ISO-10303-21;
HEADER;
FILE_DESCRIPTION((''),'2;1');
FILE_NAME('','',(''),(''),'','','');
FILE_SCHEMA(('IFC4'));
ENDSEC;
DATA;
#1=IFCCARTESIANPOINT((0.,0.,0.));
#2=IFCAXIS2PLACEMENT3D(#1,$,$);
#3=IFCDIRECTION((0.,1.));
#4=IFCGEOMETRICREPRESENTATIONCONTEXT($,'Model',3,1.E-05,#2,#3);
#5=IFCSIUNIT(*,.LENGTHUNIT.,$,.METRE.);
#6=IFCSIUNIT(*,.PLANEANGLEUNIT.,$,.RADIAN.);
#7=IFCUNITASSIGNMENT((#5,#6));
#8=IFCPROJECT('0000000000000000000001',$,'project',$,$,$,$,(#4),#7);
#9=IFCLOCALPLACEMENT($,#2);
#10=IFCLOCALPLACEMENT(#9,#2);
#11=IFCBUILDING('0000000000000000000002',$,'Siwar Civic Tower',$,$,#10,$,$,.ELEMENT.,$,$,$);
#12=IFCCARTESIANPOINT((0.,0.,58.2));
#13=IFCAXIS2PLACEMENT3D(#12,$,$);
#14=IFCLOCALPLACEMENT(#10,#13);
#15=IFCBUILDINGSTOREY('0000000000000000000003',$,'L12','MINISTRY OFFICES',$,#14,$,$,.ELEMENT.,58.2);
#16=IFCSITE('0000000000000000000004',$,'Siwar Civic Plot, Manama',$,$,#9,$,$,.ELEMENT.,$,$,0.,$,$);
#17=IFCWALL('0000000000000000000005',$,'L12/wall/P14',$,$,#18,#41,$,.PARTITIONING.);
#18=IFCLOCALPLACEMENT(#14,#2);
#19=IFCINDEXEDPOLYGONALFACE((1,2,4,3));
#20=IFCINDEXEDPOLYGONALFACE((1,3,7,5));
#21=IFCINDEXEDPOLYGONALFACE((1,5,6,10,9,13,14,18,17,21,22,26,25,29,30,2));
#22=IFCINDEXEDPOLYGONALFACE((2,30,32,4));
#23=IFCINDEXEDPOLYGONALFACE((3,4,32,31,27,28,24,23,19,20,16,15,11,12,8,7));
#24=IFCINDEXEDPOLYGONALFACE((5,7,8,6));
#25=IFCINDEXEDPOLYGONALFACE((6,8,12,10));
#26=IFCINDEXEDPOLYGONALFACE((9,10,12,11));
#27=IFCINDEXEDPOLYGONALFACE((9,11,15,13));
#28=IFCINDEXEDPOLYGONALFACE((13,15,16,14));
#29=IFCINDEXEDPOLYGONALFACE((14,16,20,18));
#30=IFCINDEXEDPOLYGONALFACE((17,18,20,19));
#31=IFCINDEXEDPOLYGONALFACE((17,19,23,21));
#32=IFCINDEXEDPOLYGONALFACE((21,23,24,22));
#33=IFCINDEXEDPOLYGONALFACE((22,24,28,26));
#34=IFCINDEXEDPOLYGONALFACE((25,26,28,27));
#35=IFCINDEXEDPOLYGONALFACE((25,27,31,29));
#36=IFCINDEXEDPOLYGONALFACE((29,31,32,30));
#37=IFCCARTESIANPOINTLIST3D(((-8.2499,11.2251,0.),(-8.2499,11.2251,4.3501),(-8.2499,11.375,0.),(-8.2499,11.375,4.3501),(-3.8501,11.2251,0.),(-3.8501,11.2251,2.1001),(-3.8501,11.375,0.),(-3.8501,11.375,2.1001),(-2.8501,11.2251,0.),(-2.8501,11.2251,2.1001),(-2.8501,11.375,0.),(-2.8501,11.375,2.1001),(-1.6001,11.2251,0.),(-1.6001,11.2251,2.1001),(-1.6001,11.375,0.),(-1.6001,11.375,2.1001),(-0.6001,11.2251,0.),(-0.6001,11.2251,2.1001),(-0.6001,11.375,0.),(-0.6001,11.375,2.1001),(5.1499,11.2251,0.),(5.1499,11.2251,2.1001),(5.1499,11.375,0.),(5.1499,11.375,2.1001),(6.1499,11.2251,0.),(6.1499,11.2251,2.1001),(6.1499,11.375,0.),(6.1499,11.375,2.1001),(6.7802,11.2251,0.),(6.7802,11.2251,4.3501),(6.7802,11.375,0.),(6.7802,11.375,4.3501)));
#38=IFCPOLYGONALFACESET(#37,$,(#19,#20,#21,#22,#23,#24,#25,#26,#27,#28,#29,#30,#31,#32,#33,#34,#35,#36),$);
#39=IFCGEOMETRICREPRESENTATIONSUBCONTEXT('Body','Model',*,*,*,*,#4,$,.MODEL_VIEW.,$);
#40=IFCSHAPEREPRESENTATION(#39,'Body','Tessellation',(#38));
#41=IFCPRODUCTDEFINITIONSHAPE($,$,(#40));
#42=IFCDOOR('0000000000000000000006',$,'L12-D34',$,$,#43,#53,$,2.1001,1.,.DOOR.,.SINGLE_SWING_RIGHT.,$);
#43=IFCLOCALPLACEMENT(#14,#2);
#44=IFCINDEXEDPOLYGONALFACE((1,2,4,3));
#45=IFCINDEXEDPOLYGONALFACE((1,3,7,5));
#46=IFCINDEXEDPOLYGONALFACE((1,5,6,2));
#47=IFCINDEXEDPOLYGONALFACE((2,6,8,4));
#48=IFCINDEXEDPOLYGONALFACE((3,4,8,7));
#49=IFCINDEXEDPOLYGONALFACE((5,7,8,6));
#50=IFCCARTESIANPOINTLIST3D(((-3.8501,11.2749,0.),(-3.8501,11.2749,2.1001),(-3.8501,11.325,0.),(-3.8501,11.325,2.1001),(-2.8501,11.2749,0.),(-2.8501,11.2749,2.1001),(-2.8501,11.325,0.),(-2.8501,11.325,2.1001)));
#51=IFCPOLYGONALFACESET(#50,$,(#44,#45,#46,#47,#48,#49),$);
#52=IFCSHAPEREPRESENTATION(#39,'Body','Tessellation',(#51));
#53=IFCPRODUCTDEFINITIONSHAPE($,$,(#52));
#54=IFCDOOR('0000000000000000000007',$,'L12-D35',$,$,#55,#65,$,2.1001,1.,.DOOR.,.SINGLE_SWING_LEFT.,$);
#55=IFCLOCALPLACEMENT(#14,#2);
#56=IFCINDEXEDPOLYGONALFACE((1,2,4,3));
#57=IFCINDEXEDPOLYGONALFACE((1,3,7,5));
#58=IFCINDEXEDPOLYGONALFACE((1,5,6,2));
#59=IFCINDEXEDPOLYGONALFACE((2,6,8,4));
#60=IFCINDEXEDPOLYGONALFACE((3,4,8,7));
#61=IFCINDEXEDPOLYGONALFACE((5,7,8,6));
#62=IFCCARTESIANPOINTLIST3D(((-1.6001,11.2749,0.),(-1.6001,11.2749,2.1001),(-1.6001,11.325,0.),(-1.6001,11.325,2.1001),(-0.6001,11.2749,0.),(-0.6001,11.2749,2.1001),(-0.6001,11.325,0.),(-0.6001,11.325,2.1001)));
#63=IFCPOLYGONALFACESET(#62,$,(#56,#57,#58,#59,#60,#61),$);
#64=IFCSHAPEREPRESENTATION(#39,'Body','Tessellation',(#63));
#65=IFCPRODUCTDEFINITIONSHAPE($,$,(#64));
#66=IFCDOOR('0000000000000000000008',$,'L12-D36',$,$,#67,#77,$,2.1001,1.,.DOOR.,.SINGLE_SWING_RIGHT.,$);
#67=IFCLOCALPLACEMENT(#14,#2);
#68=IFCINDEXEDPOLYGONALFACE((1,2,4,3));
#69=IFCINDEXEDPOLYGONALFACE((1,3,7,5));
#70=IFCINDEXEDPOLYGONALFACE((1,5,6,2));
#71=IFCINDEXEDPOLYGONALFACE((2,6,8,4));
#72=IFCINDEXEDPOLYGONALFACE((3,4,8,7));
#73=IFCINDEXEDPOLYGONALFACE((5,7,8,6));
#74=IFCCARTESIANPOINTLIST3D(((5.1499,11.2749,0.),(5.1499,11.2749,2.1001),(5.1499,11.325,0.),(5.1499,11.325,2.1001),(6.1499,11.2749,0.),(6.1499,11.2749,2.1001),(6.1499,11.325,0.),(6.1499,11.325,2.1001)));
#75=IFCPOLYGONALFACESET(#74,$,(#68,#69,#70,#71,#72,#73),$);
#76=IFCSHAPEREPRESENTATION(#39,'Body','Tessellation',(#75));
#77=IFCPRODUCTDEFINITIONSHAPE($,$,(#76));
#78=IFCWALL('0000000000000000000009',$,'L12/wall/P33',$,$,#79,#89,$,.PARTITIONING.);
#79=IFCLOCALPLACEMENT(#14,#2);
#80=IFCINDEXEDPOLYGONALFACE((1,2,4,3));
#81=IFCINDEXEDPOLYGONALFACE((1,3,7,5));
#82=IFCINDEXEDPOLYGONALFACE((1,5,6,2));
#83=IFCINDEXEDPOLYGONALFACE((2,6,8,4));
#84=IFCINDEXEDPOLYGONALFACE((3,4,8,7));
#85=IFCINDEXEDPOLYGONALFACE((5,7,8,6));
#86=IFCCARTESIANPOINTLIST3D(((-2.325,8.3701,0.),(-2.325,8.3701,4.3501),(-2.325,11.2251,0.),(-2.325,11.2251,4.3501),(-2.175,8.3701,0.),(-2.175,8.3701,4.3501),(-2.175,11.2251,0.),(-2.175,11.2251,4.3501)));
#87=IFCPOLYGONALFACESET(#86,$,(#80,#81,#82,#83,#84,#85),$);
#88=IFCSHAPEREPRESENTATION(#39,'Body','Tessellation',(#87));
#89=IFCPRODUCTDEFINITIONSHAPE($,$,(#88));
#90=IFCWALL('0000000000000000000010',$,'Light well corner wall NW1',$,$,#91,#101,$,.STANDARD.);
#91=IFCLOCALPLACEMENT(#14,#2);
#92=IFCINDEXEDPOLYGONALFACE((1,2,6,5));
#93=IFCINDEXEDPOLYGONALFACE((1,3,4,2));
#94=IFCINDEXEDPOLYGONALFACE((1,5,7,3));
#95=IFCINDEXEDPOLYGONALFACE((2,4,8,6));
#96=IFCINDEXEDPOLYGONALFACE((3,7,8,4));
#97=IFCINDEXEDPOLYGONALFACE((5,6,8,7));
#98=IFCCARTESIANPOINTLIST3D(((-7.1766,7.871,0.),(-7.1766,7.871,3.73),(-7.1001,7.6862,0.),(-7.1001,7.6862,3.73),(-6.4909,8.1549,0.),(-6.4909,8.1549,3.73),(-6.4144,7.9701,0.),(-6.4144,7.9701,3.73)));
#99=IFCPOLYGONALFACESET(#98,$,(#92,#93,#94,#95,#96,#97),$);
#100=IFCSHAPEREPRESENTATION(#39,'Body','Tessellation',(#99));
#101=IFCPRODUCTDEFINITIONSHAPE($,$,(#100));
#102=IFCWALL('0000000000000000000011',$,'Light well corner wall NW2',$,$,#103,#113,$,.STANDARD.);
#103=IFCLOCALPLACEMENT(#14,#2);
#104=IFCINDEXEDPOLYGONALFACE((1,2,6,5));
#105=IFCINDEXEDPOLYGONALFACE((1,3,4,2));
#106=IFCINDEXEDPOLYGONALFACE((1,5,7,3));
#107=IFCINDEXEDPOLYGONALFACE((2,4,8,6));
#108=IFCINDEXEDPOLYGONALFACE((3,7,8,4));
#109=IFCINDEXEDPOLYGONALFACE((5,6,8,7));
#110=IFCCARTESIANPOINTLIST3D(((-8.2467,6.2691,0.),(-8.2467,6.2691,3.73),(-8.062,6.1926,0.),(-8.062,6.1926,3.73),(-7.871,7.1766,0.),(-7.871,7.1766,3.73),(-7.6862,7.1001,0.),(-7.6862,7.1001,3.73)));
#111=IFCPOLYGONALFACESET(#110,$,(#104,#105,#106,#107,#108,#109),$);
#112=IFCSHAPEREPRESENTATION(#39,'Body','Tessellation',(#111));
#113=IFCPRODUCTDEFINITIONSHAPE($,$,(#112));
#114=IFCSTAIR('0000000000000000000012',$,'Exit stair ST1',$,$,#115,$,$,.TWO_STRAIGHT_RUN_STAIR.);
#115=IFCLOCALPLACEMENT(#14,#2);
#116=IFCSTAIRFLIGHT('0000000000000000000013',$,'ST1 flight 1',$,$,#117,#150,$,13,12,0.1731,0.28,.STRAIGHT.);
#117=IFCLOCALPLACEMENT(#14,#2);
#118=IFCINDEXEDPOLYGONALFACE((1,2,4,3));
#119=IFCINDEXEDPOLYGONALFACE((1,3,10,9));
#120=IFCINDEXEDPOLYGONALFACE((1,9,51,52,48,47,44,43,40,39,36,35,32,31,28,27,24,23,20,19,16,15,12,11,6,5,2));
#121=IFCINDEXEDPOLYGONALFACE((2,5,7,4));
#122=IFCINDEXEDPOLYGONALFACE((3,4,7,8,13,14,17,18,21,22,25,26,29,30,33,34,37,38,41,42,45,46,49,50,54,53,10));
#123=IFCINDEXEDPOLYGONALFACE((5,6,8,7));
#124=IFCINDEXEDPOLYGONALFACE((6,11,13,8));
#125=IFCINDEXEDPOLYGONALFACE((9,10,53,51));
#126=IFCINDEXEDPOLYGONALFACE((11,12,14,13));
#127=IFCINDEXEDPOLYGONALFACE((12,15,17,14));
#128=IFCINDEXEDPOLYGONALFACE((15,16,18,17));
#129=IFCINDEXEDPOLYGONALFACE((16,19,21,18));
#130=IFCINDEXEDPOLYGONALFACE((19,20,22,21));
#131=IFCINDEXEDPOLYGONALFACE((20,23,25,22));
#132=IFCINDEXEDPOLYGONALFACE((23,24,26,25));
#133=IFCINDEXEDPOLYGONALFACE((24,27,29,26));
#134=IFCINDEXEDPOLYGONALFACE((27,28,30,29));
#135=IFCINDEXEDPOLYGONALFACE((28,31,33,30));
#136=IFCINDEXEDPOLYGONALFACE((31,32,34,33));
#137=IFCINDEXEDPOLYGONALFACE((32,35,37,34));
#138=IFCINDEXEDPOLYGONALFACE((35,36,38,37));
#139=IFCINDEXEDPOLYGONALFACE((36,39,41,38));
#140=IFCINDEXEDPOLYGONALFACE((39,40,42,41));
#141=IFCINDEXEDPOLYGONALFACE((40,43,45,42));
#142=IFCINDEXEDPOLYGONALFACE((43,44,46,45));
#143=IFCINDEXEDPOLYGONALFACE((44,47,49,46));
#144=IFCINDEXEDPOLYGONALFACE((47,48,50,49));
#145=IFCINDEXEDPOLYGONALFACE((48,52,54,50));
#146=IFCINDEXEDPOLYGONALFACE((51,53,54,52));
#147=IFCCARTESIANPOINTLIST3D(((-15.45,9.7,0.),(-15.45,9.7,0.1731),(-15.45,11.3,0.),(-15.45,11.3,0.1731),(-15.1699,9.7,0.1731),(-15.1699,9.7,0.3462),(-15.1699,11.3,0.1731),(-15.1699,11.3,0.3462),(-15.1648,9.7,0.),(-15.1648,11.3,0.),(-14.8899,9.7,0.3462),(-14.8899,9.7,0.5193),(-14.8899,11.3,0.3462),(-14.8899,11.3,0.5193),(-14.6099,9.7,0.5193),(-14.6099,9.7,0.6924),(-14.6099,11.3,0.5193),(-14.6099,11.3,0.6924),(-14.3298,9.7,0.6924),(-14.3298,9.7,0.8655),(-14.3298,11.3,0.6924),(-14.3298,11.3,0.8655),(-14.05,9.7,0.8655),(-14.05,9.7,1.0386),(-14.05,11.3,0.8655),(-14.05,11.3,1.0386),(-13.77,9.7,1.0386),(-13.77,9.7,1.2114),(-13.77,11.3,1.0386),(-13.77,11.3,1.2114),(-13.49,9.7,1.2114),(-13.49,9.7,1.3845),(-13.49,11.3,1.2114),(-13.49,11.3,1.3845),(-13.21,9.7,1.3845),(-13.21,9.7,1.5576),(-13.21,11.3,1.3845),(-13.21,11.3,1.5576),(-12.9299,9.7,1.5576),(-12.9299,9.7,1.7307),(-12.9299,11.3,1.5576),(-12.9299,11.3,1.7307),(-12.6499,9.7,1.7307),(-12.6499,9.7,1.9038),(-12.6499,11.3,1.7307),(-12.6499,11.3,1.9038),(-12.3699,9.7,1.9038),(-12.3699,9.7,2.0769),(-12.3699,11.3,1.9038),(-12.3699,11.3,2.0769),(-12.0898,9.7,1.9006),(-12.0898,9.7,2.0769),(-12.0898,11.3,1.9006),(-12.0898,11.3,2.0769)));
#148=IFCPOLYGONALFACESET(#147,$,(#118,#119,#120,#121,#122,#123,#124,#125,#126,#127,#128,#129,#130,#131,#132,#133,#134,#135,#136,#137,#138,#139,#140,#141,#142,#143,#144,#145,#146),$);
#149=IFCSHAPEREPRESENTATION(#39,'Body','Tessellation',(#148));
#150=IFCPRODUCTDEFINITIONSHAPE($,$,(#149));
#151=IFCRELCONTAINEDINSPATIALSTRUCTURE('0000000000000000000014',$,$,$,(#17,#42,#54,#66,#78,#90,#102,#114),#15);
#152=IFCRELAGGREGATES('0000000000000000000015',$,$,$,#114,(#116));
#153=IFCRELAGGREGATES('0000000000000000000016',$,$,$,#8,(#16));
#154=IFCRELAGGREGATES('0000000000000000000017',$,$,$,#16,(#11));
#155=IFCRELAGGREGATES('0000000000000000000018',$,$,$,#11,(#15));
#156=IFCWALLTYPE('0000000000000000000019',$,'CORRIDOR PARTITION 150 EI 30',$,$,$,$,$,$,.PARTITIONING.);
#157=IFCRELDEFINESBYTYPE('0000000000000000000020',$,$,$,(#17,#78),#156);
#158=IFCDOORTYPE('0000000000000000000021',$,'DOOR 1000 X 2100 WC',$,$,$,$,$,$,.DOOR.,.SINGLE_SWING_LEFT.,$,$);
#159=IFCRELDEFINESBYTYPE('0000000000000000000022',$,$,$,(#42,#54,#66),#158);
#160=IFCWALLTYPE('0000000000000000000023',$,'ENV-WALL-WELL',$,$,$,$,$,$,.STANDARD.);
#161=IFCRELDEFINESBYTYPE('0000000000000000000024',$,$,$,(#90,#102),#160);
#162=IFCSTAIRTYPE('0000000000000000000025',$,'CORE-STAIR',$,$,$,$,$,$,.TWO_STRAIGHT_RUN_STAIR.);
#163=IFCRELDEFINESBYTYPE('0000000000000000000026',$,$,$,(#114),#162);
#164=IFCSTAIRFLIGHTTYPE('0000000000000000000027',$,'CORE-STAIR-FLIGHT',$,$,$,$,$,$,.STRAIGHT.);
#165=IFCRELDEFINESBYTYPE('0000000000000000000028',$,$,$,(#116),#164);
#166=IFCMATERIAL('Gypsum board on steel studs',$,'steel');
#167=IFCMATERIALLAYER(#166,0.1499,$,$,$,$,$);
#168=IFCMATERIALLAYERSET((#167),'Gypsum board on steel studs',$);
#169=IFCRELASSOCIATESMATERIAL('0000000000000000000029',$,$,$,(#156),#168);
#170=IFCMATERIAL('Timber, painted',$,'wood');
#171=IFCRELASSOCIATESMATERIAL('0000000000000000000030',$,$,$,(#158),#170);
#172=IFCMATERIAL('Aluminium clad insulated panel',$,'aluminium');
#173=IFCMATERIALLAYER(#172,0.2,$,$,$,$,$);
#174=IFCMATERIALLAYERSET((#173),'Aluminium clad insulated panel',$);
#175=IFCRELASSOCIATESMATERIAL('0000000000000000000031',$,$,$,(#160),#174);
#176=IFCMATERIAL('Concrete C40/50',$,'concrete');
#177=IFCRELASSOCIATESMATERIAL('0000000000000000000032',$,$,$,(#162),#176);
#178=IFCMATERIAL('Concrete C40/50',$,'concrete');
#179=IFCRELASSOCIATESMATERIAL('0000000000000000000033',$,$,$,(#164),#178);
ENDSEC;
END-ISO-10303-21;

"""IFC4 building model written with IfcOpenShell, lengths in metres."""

from ifc_helpers import new_model, si_unit, direction, frame, frame_2d, origin, place, context, subcontext, project, spatial, polyline, rectangle, outline, extrude, material, layer, layer_set, type_object, element, fill, aggregate, save


model = new_model("IFC4")

# Units and contexts
model_context = context("Model", 3, precision=1e-05, world=origin(), true_north=direction((0.0, 1.0)))
body_context = subcontext(model_context, "Body", "Model", "MODEL_VIEW")
ifc_project = project(units=[si_unit("LENGTHUNIT", "METRE"), si_unit("PLANEANGLEUNIT", "RADIAN")], contexts=[model_context])

# Site, building, storey
site_placement = place(None, origin())
site = spatial("IfcSite", under=ifc_project, at=site_placement, Name="Siwar Civic Plot, Manama", CompositionType="ELEMENT", RefElevation=0.0)
building_placement = place(site_placement, origin())
building = spatial("IfcBuilding", under=site, at=building_placement, Name="Siwar Civic Tower", CompositionType="ELEMENT")
storey_placement = place(building_placement, frame((0.0, 0.0, 58.2)))
storey = spatial("IfcBuildingStorey", under=building, at=storey_placement, Name="L12", Description="MINISTRY OFFICES", CompositionType="ELEMENT", Elevation=58.2)

# Wall, openings, doors
ifc_material_1 = material(Name="Gypsum board on steel studs", Category="steel")
ifc_layer_1 = layer(ifc_material_1, 0.1499)
ifc_layer_set_1 = layer_set([ifc_layer_1], Name="Gypsum board on steel studs")
wall_type_1 = type_object("IfcWallType", Name="CORRIDOR PARTITION 150 EI 30", PredefinedType="PARTITIONING", material=ifc_layer_set_1)
wall_1_placement = place(storey_placement, frame((-8.25, 11.3, 0.0), z_axis=(0.0, 0.0, 1.0), x_axis=(1.0, 0.0, 0.0)))
wall_1 = element("IfcWall", 1, at=wall_1_placement, inside=storey, type_object=wall_type_1, Name="L12/wall/P14", PredefinedType="PARTITIONING", context=body_context, shape_type="SweptSolid", body=[
    extrude(rectangle(XDim=15.03, YDim=0.1499, at=frame_2d((7.5151, 0.0))), origin(), (0.0, 0.0, 1.0), 4.3501),
])
opening_1_placement = place(wall_1_placement, frame((4.3999, 0.0, 0.0)))
opening_1 = element("IfcOpeningElement", 2, at=opening_1_placement, cuts=wall_1, PredefinedType="OPENING", context=body_context, shape_type="SweptSolid", body=[
    extrude(rectangle(XDim=1.0, YDim=2.1001, at=frame_2d((0.5, 1.05))), frame((0.0, 0.085, 0.0), z_axis=(0.0, -1.0, 0.0), x_axis=(1.0, 0.0, 0.0)), (0.0, 0.0, 1.0), 0.1699),
])
opening_2_placement = place(wall_1_placement, frame((6.6499, 0.0, 0.0)))
opening_2 = element("IfcOpeningElement", 3, at=opening_2_placement, cuts=wall_1, PredefinedType="OPENING", context=body_context, shape_type="SweptSolid", body=[
    extrude(rectangle(XDim=1.0, YDim=2.1001, at=frame_2d((0.5, 1.05))), frame((0.0, 0.085, 0.0), z_axis=(0.0, -1.0, 0.0), x_axis=(1.0, 0.0, 0.0)), (0.0, 0.0, 1.0), 0.1699),
])
opening_3_placement = place(wall_1_placement, frame((13.3999, 0.0, 0.0)))
opening_3 = element("IfcOpeningElement", 4, at=opening_3_placement, cuts=wall_1, PredefinedType="OPENING", context=body_context, shape_type="SweptSolid", body=[
    extrude(rectangle(XDim=1.0, YDim=2.1001, at=frame_2d((0.5, 1.05))), frame((0.0, 0.085, 0.0), z_axis=(0.0, -1.0, 0.0), x_axis=(1.0, 0.0, 0.0)), (0.0, 0.0, 1.0), 0.1699),
])
ifc_material_2 = material(Name="Timber, painted", Category="wood")
door_type_1 = type_object("IfcDoorType", Name="DOOR 1000 X 2100 WC", OperationType="SINGLE_SWING_LEFT", PredefinedType="DOOR", material=ifc_material_2)
door_1_placement = place(opening_1_placement, origin())
door_1 = element("IfcDoor", 5, at=door_1_placement, inside=storey, type_object=door_type_1, Name="L12-D34", OperationType="SINGLE_SWING_RIGHT", OverallHeight=2.1001, OverallWidth=1.0, PredefinedType="DOOR", context=body_context, shape_type="SweptSolid", body=[
    extrude(rectangle(XDim=1.0, YDim=2.1001, at=frame_2d((0.5, 1.05))), frame((0.0, 0.0249, 0.0), z_axis=(0.0, -1.0, 0.0), x_axis=(1.0, 0.0, 0.0)), (0.0, 0.0, 1.0), 0.05),
])
fill(opening_1, door_1)
door_2_placement = place(opening_2_placement, origin())
door_2 = element("IfcDoor", 6, at=door_2_placement, inside=storey, type_object=door_type_1, Name="L12-D35", OperationType="SINGLE_SWING_LEFT", OverallHeight=2.1001, OverallWidth=1.0, PredefinedType="DOOR", context=body_context, shape_type="SweptSolid", body=[
    extrude(rectangle(XDim=1.0, YDim=2.1001, at=frame_2d((0.5, 1.05))), frame((0.0, 0.0249, 0.0), z_axis=(0.0, -1.0, 0.0), x_axis=(1.0, 0.0, 0.0)), (0.0, 0.0, 1.0), 0.05),
])
fill(opening_2, door_2)
door_3_placement = place(opening_3_placement, origin())
door_3 = element("IfcDoor", 7, at=door_3_placement, inside=storey, type_object=door_type_1, Name="L12-D36", OperationType="SINGLE_SWING_RIGHT", OverallHeight=2.1001, OverallWidth=1.0, PredefinedType="DOOR", context=body_context, shape_type="SweptSolid", body=[
    extrude(rectangle(XDim=1.0, YDim=2.1001, at=frame_2d((0.5, 1.05))), frame((0.0, 0.0249, 0.0), z_axis=(0.0, -1.0, 0.0), x_axis=(1.0, 0.0, 0.0)), (0.0, 0.0, 1.0), 0.05),
])
fill(opening_3, door_3)

# Walls
wall_2_placement = place(storey_placement, frame((-2.25, 8.3701, 0.0), z_axis=(0.0, 0.0, 1.0), x_axis=(0.0, 1.0, 0.0)))
element("IfcWall", 8, at=wall_2_placement, inside=storey, type_object=wall_type_1, Name="L12/wall/P33", PredefinedType="PARTITIONING", context=body_context, shape_type="SweptSolid", body=[
    extrude(rectangle(XDim=2.855, YDim=0.1499, at=frame_2d((1.4275, 0.0))), origin(), (0.0, 0.0, 1.0), 4.3501),
])
ifc_material_3 = material(Name="Aluminium clad insulated panel", Category="aluminium")
ifc_layer_2 = layer(ifc_material_3, 0.2)
ifc_layer_set_2 = layer_set([ifc_layer_2], Name="Aluminium clad insulated panel")
wall_type_2 = type_object("IfcWallType", Name="ENV-WALL-WELL", PredefinedType="STANDARD", material=ifc_layer_set_2)
wall_3_placement = place(storey_placement, frame((-6.4526, 8.0625, 0.0), z_axis=(0.0, 0.0, 1.0), x_axis=(-0.923941, -0.382536, 0.0)))
element("IfcWall", 9, at=wall_3_placement, inside=storey, type_object=wall_type_2, Name="Light well corner wall NW1", PredefinedType="STANDARD", context=body_context, shape_type="SweptSolid", body=[
    extrude(rectangle(XDim=0.7422, YDim=0.2, at=frame_2d((0.3711, 0.0))), origin(), (0.0, 0.0, 1.0), 3.73),
])
wall_4_placement = place(storey_placement, frame((-7.7786, 7.1384, 0.0), z_axis=(0.0, 0.0, 1.0), x_axis=(-0.382549, -0.923935, 0.0)))
element("IfcWall", 10, at=wall_4_placement, inside=storey, type_object=wall_type_2, Name="Light well corner wall NW2", PredefinedType="STANDARD", context=body_context, shape_type="SweptSolid", body=[
    extrude(rectangle(XDim=0.9822, YDim=0.2, at=frame_2d((0.4912, 0.0))), origin(), (0.0, 0.0, 1.0), 3.73),
])

# Stair, stair flight
ifc_material_4 = material(Name="Concrete C40/50", Category="concrete")
stair_type = type_object("IfcStairType", Name="CORE-STAIR", PredefinedType="TWO_STRAIGHT_RUN_STAIR", material=ifc_material_4)
stair_placement = place(storey_placement, origin())
stair = element("IfcStair", 11, at=stair_placement, inside=storey, type_object=stair_type, Name="Exit stair ST1", PredefinedType="TWO_STRAIGHT_RUN_STAIR")
ifc_material_5 = material(Name="Concrete C40/50", Category="concrete")
stair_flight_type = type_object("IfcStairFlightType", Name="CORE-STAIR-FLIGHT", PredefinedType="STRAIGHT", material=ifc_material_5)
stair_flight_1_placement = place(storey_placement, frame((-15.45, 10.5, 0.0), z_axis=(0.0, 0.0, 1.0), x_axis=(1.0, 0.0, 0.0)))
stair_flight_1 = element("IfcStairFlight", 12, at=stair_flight_1_placement, type_object=stair_flight_type, Name="ST1 flight 1", NumberOfRisers=13, NumberOfTreads=12, PredefinedType="STRAIGHT", RiserHeight=0.1731, TreadLength=0.28, context=body_context, shape_type="SweptSolid", body=[
    extrude(outline(polyline([(0.0, 0.0), (0.0, 0.1731), (0.28, 0.1731), (0.28, 0.3462), (0.5601, 0.3462), (0.5601, 0.5193), (0.8401, 0.5193), (0.8401, 0.6924), (1.1201, 0.6924), (1.1201, 0.8655), (1.3999, 0.8655), (1.3999, 1.0386), (1.6799, 1.0386), (1.6799, 1.2114), (1.96, 1.2114), (1.96, 1.3845), (2.24, 1.3845), (2.24, 1.5576), (2.52, 1.5576), (2.52, 1.7307), (2.8, 1.7307), (2.8, 1.9038), (3.0801, 1.9038), (3.0801, 2.0769), (3.3601, 2.0769), (3.3601, 2.25), (3.3601, 1.9006), (0.2852, 0.0), (0.0, 0.0)])), frame((0.0, 0.8, 0.0), z_axis=(0.0, -1.0, 0.0), x_axis=(1.0, 0.0, 0.0)), (0.0, 0.0, 1.0), 1.6001),
])
aggregate(stair, [stair_flight_1])

save(model, "model.ifc")
